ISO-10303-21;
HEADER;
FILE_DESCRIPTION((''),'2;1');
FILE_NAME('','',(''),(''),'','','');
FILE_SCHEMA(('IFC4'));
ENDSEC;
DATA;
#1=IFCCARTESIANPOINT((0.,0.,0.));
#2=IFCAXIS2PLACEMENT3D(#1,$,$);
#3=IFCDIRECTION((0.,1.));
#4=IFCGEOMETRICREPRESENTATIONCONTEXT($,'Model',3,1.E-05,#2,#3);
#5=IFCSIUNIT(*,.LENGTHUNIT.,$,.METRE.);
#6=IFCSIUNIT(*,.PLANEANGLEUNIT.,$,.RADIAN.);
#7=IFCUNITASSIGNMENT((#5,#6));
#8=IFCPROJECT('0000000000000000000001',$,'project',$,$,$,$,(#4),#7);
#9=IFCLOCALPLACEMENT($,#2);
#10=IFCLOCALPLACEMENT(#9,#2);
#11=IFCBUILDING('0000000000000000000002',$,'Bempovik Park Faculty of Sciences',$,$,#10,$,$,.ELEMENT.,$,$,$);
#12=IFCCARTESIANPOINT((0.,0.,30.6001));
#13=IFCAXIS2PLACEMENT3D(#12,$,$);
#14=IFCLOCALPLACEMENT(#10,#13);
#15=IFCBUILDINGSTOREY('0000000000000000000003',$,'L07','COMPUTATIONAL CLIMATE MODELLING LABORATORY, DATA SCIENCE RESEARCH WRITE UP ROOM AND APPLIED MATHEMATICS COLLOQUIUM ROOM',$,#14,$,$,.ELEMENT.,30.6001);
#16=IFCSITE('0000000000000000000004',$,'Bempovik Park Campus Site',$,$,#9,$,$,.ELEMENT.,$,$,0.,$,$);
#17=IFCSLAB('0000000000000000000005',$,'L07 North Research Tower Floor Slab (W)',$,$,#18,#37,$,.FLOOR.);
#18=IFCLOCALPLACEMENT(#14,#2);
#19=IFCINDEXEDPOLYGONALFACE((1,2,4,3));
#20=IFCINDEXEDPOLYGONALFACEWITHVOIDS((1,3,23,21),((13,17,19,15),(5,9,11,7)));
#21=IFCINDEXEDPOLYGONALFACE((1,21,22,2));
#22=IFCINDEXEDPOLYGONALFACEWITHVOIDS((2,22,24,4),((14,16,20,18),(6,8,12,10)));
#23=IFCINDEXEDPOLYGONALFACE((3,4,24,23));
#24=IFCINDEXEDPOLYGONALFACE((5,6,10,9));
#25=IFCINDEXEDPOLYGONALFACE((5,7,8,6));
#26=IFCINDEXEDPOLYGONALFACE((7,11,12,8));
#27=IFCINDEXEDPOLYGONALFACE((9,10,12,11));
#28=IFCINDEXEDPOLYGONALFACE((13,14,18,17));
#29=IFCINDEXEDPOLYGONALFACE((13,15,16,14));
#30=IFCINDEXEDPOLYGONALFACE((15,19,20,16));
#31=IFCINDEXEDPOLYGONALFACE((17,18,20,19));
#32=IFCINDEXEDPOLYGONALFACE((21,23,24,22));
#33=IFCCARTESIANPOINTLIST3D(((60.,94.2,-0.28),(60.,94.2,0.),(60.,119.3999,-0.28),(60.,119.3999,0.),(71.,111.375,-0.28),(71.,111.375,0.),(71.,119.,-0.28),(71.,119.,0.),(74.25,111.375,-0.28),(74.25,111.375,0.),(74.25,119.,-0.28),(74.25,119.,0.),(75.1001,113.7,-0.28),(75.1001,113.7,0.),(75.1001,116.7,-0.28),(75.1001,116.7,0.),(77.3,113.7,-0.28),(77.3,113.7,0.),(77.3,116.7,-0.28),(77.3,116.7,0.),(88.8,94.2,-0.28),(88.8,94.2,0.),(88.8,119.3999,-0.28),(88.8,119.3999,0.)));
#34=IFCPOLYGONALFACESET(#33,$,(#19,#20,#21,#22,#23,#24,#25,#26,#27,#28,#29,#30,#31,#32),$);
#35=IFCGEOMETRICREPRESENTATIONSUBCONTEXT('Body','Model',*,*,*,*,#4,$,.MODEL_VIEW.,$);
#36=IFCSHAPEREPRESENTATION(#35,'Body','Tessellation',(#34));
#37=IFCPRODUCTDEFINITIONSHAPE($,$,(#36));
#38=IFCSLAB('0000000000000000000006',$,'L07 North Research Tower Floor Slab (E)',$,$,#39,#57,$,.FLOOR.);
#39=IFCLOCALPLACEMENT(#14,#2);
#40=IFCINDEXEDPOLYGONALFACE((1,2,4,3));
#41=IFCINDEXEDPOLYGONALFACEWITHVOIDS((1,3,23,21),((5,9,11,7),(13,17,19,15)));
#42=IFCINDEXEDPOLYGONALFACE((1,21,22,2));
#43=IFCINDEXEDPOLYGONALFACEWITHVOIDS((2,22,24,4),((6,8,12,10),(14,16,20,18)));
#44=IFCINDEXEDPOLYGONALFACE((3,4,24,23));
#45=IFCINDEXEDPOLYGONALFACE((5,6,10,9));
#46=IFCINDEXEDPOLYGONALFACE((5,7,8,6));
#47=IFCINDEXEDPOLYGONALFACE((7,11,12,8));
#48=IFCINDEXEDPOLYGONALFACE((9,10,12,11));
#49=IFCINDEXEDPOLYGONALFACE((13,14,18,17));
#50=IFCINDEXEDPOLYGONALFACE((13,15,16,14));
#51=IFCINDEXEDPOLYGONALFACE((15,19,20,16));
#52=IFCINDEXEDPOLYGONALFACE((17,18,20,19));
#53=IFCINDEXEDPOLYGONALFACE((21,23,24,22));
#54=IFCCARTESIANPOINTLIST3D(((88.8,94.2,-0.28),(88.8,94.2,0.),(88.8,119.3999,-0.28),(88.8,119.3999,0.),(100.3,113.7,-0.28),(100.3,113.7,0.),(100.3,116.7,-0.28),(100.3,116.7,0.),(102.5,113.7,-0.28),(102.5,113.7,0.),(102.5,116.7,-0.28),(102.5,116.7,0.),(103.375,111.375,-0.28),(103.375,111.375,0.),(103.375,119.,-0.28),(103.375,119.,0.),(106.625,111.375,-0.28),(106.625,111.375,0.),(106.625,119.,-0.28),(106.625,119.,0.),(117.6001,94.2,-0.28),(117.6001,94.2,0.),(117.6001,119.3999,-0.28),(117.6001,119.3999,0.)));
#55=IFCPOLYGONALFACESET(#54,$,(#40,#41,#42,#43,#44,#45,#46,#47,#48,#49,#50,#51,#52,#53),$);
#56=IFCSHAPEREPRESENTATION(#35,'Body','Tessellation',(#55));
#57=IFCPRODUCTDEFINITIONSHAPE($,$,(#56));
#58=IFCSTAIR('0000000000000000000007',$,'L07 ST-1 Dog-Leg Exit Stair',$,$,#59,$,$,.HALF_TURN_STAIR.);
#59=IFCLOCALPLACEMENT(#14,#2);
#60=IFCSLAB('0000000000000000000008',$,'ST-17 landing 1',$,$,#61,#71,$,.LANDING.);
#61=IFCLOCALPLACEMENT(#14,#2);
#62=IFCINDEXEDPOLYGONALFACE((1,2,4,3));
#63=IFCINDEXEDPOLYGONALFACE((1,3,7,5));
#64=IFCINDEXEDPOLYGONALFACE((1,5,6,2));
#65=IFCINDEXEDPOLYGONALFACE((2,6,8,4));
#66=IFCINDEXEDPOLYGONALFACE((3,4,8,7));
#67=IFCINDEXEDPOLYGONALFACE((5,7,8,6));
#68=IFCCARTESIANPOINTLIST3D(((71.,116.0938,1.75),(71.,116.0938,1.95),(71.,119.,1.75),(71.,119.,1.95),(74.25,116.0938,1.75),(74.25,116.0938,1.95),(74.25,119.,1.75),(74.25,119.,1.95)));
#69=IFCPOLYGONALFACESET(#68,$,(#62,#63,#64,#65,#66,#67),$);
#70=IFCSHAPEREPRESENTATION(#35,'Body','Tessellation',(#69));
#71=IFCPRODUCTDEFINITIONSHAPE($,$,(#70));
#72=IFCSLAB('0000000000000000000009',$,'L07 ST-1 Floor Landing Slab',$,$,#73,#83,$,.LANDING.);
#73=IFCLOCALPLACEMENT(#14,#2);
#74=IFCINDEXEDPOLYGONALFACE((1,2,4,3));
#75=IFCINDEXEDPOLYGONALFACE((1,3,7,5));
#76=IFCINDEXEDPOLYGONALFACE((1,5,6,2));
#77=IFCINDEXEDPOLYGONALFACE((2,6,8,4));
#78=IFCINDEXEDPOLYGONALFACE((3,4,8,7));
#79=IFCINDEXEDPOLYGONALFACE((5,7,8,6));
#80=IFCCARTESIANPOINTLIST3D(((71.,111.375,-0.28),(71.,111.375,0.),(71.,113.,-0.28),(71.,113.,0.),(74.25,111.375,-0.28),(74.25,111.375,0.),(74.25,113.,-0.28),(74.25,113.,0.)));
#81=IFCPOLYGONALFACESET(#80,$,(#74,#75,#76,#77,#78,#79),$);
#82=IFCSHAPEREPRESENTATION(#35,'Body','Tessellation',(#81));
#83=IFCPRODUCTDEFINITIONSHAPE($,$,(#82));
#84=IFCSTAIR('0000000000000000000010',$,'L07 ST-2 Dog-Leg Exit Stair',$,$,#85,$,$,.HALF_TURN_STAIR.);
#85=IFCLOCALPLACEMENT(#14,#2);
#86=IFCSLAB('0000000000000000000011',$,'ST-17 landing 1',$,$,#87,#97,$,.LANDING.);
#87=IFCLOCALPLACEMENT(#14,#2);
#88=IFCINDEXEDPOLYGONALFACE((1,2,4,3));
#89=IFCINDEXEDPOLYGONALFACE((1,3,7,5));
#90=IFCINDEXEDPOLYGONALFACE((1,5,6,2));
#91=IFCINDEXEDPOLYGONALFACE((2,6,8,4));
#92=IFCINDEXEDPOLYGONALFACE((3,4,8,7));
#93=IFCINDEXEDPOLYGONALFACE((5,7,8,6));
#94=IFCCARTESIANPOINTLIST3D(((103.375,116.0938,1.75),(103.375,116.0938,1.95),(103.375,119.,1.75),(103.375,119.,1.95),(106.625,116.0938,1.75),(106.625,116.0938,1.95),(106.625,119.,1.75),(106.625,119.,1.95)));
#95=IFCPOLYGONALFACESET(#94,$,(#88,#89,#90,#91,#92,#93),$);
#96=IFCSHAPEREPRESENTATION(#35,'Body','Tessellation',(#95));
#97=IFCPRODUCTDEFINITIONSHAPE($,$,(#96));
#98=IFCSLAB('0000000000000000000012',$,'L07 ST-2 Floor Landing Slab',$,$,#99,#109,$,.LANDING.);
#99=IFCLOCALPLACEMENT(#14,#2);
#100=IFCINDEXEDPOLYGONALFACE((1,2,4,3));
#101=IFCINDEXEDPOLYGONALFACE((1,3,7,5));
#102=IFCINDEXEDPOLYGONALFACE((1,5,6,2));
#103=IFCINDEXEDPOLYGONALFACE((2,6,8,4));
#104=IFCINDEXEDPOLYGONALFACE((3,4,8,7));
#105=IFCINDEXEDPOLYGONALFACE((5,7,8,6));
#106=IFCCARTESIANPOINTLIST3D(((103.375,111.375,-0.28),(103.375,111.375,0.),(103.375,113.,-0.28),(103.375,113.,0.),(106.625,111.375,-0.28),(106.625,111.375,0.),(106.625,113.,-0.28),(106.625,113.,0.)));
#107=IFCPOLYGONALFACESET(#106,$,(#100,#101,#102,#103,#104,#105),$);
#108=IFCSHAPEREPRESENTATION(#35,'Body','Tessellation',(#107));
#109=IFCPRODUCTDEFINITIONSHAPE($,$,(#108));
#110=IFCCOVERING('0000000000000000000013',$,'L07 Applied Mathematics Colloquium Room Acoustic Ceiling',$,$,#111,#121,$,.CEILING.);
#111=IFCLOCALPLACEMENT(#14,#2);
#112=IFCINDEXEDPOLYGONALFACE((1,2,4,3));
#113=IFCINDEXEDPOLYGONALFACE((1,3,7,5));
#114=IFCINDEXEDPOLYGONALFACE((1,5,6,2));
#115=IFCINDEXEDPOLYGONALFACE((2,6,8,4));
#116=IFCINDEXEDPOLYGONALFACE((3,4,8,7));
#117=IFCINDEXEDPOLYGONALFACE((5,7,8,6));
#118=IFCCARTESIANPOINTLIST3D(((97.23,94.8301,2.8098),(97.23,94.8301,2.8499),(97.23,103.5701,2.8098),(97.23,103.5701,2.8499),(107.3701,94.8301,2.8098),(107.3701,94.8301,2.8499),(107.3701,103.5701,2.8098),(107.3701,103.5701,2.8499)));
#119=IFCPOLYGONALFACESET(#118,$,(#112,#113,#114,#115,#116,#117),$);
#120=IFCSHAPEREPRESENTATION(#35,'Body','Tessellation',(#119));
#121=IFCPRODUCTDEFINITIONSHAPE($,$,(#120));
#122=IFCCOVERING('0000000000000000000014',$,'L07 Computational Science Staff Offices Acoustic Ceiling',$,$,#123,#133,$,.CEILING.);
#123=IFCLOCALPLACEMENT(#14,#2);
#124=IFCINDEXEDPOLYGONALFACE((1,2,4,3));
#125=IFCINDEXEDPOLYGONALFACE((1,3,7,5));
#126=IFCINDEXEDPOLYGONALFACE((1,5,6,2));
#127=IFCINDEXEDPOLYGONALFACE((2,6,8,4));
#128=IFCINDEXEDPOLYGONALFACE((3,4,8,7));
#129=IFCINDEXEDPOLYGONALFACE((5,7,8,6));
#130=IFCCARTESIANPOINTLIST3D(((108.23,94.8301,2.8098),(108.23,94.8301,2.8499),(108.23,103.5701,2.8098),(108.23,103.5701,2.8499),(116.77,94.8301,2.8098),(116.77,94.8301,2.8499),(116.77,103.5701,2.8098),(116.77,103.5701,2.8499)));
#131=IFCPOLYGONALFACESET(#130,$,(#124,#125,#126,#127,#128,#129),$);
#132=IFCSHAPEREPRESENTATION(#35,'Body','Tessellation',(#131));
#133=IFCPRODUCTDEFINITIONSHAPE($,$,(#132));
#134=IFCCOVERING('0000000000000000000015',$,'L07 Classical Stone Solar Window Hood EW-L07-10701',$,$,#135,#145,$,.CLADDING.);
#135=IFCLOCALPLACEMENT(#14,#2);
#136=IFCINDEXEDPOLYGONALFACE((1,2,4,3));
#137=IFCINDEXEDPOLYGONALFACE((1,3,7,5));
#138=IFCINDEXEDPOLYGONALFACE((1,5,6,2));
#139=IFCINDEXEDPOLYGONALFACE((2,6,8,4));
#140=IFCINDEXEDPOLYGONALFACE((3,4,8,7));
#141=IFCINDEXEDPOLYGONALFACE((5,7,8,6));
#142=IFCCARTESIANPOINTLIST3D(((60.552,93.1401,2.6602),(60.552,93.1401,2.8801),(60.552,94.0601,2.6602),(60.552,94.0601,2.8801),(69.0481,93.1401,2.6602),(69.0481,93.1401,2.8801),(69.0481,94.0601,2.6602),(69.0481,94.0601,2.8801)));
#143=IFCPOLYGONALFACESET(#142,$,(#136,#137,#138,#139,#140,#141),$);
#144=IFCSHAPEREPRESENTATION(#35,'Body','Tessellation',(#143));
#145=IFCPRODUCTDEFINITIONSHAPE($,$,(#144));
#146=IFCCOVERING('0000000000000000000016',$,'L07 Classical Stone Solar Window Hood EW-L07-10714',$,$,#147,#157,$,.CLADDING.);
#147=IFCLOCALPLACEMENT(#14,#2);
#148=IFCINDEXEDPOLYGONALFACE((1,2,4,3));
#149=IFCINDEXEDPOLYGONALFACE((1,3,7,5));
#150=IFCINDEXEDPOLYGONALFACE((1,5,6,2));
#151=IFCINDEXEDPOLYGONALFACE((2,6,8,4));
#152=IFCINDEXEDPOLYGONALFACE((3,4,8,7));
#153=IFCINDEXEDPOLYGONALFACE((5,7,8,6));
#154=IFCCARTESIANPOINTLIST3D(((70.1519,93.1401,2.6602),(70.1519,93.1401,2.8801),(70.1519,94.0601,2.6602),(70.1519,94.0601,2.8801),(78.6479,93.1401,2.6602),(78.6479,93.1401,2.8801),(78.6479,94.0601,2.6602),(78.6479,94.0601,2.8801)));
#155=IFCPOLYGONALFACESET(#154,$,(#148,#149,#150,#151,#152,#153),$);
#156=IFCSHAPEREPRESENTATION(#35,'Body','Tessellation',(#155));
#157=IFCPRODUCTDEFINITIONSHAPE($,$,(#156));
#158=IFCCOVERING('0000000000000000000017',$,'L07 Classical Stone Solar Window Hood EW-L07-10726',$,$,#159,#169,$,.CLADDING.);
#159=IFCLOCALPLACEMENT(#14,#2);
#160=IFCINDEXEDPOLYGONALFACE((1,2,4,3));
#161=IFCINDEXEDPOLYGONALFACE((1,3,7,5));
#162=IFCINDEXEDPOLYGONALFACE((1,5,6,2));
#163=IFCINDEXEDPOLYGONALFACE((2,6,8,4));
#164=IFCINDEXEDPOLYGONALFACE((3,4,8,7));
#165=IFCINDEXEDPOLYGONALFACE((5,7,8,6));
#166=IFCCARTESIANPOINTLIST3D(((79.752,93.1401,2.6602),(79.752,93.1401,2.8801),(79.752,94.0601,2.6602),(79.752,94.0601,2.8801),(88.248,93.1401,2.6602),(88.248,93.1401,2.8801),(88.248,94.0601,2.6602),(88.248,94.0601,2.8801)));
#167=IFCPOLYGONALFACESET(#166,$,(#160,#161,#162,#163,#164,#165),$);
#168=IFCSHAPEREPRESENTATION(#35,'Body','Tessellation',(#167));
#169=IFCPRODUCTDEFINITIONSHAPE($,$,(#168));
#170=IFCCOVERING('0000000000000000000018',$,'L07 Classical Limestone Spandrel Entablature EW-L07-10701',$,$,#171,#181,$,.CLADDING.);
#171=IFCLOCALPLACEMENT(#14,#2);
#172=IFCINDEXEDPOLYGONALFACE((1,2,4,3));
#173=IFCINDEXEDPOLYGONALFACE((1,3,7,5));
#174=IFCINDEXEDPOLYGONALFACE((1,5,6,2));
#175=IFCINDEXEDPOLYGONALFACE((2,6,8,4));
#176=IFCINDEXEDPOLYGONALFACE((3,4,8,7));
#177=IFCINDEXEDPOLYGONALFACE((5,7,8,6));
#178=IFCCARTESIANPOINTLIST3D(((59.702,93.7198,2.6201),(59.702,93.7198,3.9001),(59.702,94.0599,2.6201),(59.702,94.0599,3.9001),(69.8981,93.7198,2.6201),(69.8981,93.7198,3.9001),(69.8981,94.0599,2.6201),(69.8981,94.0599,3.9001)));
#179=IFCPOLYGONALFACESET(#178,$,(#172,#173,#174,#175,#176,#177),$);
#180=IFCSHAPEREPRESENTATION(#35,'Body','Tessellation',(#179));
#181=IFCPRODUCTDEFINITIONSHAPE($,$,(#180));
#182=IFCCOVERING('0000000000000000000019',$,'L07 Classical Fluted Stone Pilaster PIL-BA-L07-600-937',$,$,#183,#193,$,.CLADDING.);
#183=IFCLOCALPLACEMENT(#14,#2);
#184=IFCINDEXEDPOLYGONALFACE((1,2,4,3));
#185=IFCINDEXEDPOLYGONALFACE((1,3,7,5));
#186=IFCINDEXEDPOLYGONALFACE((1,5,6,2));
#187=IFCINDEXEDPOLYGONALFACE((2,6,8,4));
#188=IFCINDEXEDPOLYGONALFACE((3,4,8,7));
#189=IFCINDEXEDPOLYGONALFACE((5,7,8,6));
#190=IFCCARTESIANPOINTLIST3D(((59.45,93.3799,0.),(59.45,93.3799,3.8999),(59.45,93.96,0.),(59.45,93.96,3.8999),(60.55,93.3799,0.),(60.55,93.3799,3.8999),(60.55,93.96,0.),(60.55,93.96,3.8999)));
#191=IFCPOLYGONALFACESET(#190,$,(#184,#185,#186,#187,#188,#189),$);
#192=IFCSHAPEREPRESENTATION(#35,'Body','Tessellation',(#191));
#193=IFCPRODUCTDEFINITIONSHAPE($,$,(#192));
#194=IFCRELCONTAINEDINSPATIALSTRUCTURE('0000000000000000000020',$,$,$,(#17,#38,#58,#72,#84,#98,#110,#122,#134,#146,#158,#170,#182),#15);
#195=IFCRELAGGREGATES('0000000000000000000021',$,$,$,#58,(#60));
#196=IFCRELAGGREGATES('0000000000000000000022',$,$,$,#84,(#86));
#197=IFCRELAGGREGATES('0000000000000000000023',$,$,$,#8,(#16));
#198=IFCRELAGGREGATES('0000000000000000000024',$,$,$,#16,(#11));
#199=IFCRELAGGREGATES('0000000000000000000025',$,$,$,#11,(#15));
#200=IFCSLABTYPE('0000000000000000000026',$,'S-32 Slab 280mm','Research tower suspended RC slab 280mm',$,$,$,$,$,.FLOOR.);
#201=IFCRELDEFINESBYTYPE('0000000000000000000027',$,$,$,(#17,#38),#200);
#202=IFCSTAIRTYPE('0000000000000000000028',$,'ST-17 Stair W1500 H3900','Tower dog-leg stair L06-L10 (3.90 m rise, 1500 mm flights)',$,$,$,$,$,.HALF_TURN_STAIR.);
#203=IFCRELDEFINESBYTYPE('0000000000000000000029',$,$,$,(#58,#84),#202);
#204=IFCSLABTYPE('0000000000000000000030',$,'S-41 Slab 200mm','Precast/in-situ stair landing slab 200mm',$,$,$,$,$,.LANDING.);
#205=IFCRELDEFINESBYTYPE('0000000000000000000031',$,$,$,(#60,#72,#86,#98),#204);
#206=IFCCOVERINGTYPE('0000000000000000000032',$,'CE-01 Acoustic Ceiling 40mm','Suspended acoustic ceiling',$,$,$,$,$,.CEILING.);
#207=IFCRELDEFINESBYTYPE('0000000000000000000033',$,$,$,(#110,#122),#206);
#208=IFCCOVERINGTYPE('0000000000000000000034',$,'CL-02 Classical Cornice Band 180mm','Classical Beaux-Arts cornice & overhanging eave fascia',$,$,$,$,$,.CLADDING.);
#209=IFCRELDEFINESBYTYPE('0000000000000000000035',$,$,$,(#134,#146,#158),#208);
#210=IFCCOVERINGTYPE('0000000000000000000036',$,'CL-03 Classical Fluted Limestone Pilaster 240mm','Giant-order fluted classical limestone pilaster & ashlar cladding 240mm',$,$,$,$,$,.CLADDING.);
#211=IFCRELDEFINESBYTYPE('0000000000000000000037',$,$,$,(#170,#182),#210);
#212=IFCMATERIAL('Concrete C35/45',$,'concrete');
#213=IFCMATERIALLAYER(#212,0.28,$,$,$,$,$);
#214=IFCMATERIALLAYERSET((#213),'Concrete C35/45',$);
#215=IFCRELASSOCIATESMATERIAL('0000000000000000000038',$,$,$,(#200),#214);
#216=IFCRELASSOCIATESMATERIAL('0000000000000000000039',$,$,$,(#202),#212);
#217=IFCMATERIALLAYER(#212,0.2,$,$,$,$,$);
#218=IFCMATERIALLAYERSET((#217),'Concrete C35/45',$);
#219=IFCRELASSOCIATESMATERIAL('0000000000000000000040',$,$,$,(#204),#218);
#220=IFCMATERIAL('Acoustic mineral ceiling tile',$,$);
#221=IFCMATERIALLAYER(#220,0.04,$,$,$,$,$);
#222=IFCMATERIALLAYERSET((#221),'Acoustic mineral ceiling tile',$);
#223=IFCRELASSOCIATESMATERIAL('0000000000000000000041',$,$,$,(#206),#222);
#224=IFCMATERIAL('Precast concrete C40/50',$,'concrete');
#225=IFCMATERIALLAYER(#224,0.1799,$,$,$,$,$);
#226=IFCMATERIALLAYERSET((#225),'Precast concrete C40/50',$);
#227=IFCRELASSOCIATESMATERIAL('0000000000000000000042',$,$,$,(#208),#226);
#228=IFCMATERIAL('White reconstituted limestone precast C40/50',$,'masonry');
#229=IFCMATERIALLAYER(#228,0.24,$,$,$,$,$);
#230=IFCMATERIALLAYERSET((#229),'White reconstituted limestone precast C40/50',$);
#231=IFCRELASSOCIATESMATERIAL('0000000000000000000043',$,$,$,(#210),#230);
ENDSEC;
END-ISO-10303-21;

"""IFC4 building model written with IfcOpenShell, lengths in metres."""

from ifc_helpers import new_model, si_unit, direction, frame, origin, origin_2d, place, context, subcontext, project, spatial, polyline, rectangle, outline, extrude, material, layer, layer_set, type_object, element, aggregate, save


model = new_model("IFC4")

# Units and contexts
model_context = context("Model", 3, precision=1e-05, world=origin(), true_north=direction((0.0, 1.0)))
body_context = subcontext(model_context, "Body", "Model", "MODEL_VIEW")
ifc_project = project(units=[si_unit("LENGTHUNIT", "METRE"), si_unit("PLANEANGLEUNIT", "RADIAN")], contexts=[model_context])

# Site, building, storey
site_placement = place(None, origin())
site = spatial("IfcSite", under=ifc_project, at=site_placement, Name="Bempovik Park Campus Site", CompositionType="ELEMENT", RefElevation=0.0)
building_placement = place(site_placement, origin())
building = spatial("IfcBuilding", under=site, at=building_placement, Name="Bempovik Park Faculty of Sciences", CompositionType="ELEMENT")
storey_placement = place(building_placement, frame((0.0, 0.0, 30.6001)))
storey = spatial("IfcBuildingStorey", under=building, at=storey_placement, Name="L07", Description="COMPUTATIONAL CLIMATE MODELLING LABORATORY, DATA SCIENCE RESEARCH WRITE UP ROOM AND APPLIED MATHEMATICS COLLOQUIUM ROOM", CompositionType="ELEMENT", Elevation=30.6001)

# Slabs
ifc_material_1 = material(Name="Concrete C35/45", Category="concrete")
ifc_layer_1 = layer(ifc_material_1, 0.28)
ifc_layer_set_1 = layer_set([ifc_layer_1], Name="Concrete C35/45")
slab_type_1 = type_object("IfcSlabType", Name="S-32 Slab 280mm", Description="Research tower suspended RC slab 280mm", PredefinedType="FLOOR", material=ifc_layer_set_1)
slab_1_placement = place(storey_placement, frame((0.0, 0.0, -0.28)))
element("IfcSlab", 1, at=slab_1_placement, inside=storey, type_object=slab_type_1, Name="L07 North Research Tower Floor Slab (W)", PredefinedType="FLOOR", context=body_context, shape_type="SweptSolid", body=[
    extrude(outline(polyline([(60.0, 94.2), (88.8, 94.2), (88.8, 119.3999), (60.0, 119.3999), (60.0, 94.2)]), holes=[polyline([(71.0, 111.375), (74.25, 111.375), (74.25, 119.0), (71.0, 119.0), (71.0, 111.375)]), polyline([(75.1001, 113.7), (77.3, 113.7), (77.3, 116.7), (75.1001, 116.7), (75.1001, 113.7)])]), origin(), (0.0, 0.0, 1.0), 0.28),
])
slab_2_placement = place(storey_placement, frame((0.0, 0.0, -0.28)))
element("IfcSlab", 2, at=slab_2_placement, inside=storey, type_object=slab_type_1, Name="L07 North Research Tower Floor Slab (E)", PredefinedType="FLOOR", context=body_context, shape_type="SweptSolid", body=[
    extrude(outline(polyline([(88.8, 94.2), (117.6001, 94.2), (117.6001, 119.3999), (88.8, 119.3999), (88.8, 94.2)]), holes=[polyline([(103.375, 111.375), (106.625, 111.375), (106.625, 119.0), (103.375, 119.0), (103.375, 111.375)]), polyline([(100.3, 113.7), (102.5, 113.7), (102.5, 116.7), (100.3, 116.7), (100.3, 113.7)])]), origin(), (0.0, 0.0, 1.0), 0.28),
])

# Stair, slab
stair_type = type_object("IfcStairType", Name="ST-17 Stair W1500 H3900", Description="Tower dog-leg stair L06-L10 (3.90 m rise, 1500 mm flights)", PredefinedType="HALF_TURN_STAIR", material=ifc_material_1)
stair_1_placement = place(storey_placement, origin())
stair_1 = element("IfcStair", 3, at=stair_1_placement, inside=storey, type_object=stair_type, Name="L07 ST-1 Dog-Leg Exit Stair", PredefinedType="HALF_TURN_STAIR")
ifc_layer_2 = layer(ifc_material_1, 0.2)
ifc_layer_set_2 = layer_set([ifc_layer_2], Name="Concrete C35/45")
slab_type_2 = type_object("IfcSlabType", Name="S-41 Slab 200mm", Description="Precast/in-situ stair landing slab 200mm", PredefinedType="LANDING", material=ifc_layer_set_2)
slab_3_placement = place(storey_placement, frame((0.0, 0.0, 1.75)))
slab_3 = element("IfcSlab", 4, at=slab_3_placement, type_object=slab_type_2, Name="ST-17 landing 1", PredefinedType="LANDING", context=body_context, shape_type="SweptSolid", body=[
    extrude(outline(polyline([(74.25, 116.0938), (74.25, 119.0), (71.0, 119.0), (71.0, 116.0938), (74.25, 116.0938)])), origin(), (0.0, 0.0, 1.0), 0.2),
])
aggregate(stair_1, [slab_3])

# Slab
slab_4_placement = place(storey_placement, frame((0.0, 0.0, -0.28)))
element("IfcSlab", 5, at=slab_4_placement, inside=storey, type_object=slab_type_2, Name="L07 ST-1 Floor Landing Slab", PredefinedType="LANDING", context=body_context, shape_type="SweptSolid", body=[
    extrude(outline(polyline([(74.25, 111.375), (74.25, 113.0), (71.0, 113.0), (71.0, 111.375), (74.25, 111.375)])), origin(), (0.0, 0.0, 1.0), 0.28),
])

# Stair, slab
stair_2_placement = place(storey_placement, origin())
stair_2 = element("IfcStair", 6, at=stair_2_placement, inside=storey, type_object=stair_type, Name="L07 ST-2 Dog-Leg Exit Stair", PredefinedType="HALF_TURN_STAIR")
slab_5_placement = place(storey_placement, frame((0.0, 0.0, 1.75)))
slab_5 = element("IfcSlab", 7, at=slab_5_placement, type_object=slab_type_2, Name="ST-17 landing 1", PredefinedType="LANDING", context=body_context, shape_type="SweptSolid", body=[
    extrude(outline(polyline([(106.625, 116.0938), (106.625, 119.0), (103.375, 119.0), (103.375, 116.0938), (106.625, 116.0938)])), origin(), (0.0, 0.0, 1.0), 0.2),
])
aggregate(stair_2, [slab_5])

# Slab
slab_6_placement = place(storey_placement, frame((0.0, 0.0, -0.28)))
element("IfcSlab", 8, at=slab_6_placement, inside=storey, type_object=slab_type_2, Name="L07 ST-2 Floor Landing Slab", PredefinedType="LANDING", context=body_context, shape_type="SweptSolid", body=[
    extrude(outline(polyline([(106.625, 111.375), (106.625, 113.0), (103.375, 113.0), (103.375, 111.375), (106.625, 111.375)])), origin(), (0.0, 0.0, 1.0), 0.28),
])

# Coverings
ifc_material_2 = material(Name="Acoustic mineral ceiling tile")
ifc_layer_3 = layer(ifc_material_2, 0.04)
ifc_layer_set_3 = layer_set([ifc_layer_3], Name="Acoustic mineral ceiling tile")
covering_type_1 = type_object("IfcCoveringType", Name="CE-01 Acoustic Ceiling 40mm", Description="Suspended acoustic ceiling", PredefinedType="CEILING", material=ifc_layer_set_3)
covering_1_placement = place(storey_placement, frame((0.0, 0.0, 2.8098)))
element("IfcCovering", 9, at=covering_1_placement, inside=storey, type_object=covering_type_1, Name="L07 Applied Mathematics Colloquium Room Acoustic Ceiling", PredefinedType="CEILING", context=body_context, shape_type="SweptSolid", body=[
    extrude(outline(polyline([(97.23, 94.8301), (107.3701, 94.8301), (107.3701, 103.5701), (97.23, 103.5701), (97.23, 94.8301)])), origin(), (0.0, 0.0, 1.0), 0.04),
])
covering_2_placement = place(storey_placement, frame((0.0, 0.0, 2.8098)))
element("IfcCovering", 10, at=covering_2_placement, inside=storey, type_object=covering_type_1, Name="L07 Computational Science Staff Offices Acoustic Ceiling", PredefinedType="CEILING", context=body_context, shape_type="SweptSolid", body=[
    extrude(outline(polyline([(108.23, 94.8301), (116.77, 94.8301), (116.77, 103.5701), (108.23, 103.5701), (108.23, 94.8301)])), origin(), (0.0, 0.0, 1.0), 0.04),
])
ifc_material_3 = material(Name="Precast concrete C40/50", Category="concrete")
ifc_layer_4 = layer(ifc_material_3, 0.1799)
ifc_layer_set_4 = layer_set([ifc_layer_4], Name="Precast concrete C40/50")
covering_type_2 = type_object("IfcCoveringType", Name="CL-02 Classical Cornice Band 180mm", Description="Classical Beaux-Arts cornice & overhanging eave fascia", PredefinedType="CLADDING", material=ifc_layer_set_4)
for number, where, z_axis, x_axis, name in (
    (11, (64.8, 93.6001, 2.6602), (0.0, 0.0, 1.0), (1.0, 0.0, 0.0), "L07 Classical Stone Solar Window Hood EW-L07-10701"),
    (12, (74.3999, 93.6001, 2.6602), (0.0, 0.0, 1.0), (1.0, 0.0, 0.0), "L07 Classical Stone Solar Window Hood EW-L07-10714"),
    (13, (84.0, 93.6001, 2.6602), (0.0, 0.0, 1.0), (1.0, 0.0, 0.0), "L07 Classical Stone Solar Window Hood EW-L07-10726"),
):
    element("IfcCovering", number, at=place(storey_placement, frame(where, z_axis=z_axis, x_axis=x_axis)), inside=storey, type_object=covering_type_2, Name=name, PredefinedType="CLADDING", context=body_context, shape_type="SweptSolid", body=[
        extrude(rectangle(XDim=8.4961, YDim=0.9199, at=origin_2d()), origin(), (0.0, 0.0, 1.0), 0.22),
    ])
ifc_material_4 = material(Name="White reconstituted limestone precast C40/50", Category="masonry")
ifc_layer_5 = layer(ifc_material_4, 0.24)
ifc_layer_set_5 = layer_set([ifc_layer_5], Name="White reconstituted limestone precast C40/50")
covering_type_3 = type_object("IfcCoveringType", Name="CL-03 Classical Fluted Limestone Pilaster 240mm", Description="Giant-order fluted classical limestone pilaster & ashlar cladding 240mm", PredefinedType="CLADDING", material=ifc_layer_set_5)
covering_3_placement = place(storey_placement, frame((64.8, 93.8899, 2.6201), z_axis=(0.0, 0.0, 1.0), x_axis=(1.0, 0.0, 0.0)))
element("IfcCovering", 14, at=covering_3_placement, inside=storey, type_object=covering_type_3, Name="L07 Classical Limestone Spandrel Entablature EW-L07-10701", PredefinedType="CLADDING", context=body_context, shape_type="SweptSolid", body=[
    extrude(rectangle(XDim=10.196, YDim=0.3401, at=origin_2d()), origin(), (0.0, 0.0, 1.0), 1.28),
])
for number, where, z_axis, x_axis, name in (
    (15, (60.0, 93.6699, 0.0), (0.0, 0.0, 1.0), (1.0, 0.0, 0.0), "L07 Classical Fluted Stone Pilaster PIL-BA-L07-600-937"),
):
    element("IfcCovering", number, at=place(storey_placement, frame(where, z_axis=z_axis, x_axis=x_axis)), inside=storey, type_object=covering_type_3, Name=name, PredefinedType="CLADDING", context=body_context, shape_type="SweptSolid", body=[
        extrude(rectangle(XDim=1.1001, YDim=0.5801, at=origin_2d()), origin(), (0.0, 0.0, 1.0), 3.8999),
    ])

save(model, "model.ifc")
